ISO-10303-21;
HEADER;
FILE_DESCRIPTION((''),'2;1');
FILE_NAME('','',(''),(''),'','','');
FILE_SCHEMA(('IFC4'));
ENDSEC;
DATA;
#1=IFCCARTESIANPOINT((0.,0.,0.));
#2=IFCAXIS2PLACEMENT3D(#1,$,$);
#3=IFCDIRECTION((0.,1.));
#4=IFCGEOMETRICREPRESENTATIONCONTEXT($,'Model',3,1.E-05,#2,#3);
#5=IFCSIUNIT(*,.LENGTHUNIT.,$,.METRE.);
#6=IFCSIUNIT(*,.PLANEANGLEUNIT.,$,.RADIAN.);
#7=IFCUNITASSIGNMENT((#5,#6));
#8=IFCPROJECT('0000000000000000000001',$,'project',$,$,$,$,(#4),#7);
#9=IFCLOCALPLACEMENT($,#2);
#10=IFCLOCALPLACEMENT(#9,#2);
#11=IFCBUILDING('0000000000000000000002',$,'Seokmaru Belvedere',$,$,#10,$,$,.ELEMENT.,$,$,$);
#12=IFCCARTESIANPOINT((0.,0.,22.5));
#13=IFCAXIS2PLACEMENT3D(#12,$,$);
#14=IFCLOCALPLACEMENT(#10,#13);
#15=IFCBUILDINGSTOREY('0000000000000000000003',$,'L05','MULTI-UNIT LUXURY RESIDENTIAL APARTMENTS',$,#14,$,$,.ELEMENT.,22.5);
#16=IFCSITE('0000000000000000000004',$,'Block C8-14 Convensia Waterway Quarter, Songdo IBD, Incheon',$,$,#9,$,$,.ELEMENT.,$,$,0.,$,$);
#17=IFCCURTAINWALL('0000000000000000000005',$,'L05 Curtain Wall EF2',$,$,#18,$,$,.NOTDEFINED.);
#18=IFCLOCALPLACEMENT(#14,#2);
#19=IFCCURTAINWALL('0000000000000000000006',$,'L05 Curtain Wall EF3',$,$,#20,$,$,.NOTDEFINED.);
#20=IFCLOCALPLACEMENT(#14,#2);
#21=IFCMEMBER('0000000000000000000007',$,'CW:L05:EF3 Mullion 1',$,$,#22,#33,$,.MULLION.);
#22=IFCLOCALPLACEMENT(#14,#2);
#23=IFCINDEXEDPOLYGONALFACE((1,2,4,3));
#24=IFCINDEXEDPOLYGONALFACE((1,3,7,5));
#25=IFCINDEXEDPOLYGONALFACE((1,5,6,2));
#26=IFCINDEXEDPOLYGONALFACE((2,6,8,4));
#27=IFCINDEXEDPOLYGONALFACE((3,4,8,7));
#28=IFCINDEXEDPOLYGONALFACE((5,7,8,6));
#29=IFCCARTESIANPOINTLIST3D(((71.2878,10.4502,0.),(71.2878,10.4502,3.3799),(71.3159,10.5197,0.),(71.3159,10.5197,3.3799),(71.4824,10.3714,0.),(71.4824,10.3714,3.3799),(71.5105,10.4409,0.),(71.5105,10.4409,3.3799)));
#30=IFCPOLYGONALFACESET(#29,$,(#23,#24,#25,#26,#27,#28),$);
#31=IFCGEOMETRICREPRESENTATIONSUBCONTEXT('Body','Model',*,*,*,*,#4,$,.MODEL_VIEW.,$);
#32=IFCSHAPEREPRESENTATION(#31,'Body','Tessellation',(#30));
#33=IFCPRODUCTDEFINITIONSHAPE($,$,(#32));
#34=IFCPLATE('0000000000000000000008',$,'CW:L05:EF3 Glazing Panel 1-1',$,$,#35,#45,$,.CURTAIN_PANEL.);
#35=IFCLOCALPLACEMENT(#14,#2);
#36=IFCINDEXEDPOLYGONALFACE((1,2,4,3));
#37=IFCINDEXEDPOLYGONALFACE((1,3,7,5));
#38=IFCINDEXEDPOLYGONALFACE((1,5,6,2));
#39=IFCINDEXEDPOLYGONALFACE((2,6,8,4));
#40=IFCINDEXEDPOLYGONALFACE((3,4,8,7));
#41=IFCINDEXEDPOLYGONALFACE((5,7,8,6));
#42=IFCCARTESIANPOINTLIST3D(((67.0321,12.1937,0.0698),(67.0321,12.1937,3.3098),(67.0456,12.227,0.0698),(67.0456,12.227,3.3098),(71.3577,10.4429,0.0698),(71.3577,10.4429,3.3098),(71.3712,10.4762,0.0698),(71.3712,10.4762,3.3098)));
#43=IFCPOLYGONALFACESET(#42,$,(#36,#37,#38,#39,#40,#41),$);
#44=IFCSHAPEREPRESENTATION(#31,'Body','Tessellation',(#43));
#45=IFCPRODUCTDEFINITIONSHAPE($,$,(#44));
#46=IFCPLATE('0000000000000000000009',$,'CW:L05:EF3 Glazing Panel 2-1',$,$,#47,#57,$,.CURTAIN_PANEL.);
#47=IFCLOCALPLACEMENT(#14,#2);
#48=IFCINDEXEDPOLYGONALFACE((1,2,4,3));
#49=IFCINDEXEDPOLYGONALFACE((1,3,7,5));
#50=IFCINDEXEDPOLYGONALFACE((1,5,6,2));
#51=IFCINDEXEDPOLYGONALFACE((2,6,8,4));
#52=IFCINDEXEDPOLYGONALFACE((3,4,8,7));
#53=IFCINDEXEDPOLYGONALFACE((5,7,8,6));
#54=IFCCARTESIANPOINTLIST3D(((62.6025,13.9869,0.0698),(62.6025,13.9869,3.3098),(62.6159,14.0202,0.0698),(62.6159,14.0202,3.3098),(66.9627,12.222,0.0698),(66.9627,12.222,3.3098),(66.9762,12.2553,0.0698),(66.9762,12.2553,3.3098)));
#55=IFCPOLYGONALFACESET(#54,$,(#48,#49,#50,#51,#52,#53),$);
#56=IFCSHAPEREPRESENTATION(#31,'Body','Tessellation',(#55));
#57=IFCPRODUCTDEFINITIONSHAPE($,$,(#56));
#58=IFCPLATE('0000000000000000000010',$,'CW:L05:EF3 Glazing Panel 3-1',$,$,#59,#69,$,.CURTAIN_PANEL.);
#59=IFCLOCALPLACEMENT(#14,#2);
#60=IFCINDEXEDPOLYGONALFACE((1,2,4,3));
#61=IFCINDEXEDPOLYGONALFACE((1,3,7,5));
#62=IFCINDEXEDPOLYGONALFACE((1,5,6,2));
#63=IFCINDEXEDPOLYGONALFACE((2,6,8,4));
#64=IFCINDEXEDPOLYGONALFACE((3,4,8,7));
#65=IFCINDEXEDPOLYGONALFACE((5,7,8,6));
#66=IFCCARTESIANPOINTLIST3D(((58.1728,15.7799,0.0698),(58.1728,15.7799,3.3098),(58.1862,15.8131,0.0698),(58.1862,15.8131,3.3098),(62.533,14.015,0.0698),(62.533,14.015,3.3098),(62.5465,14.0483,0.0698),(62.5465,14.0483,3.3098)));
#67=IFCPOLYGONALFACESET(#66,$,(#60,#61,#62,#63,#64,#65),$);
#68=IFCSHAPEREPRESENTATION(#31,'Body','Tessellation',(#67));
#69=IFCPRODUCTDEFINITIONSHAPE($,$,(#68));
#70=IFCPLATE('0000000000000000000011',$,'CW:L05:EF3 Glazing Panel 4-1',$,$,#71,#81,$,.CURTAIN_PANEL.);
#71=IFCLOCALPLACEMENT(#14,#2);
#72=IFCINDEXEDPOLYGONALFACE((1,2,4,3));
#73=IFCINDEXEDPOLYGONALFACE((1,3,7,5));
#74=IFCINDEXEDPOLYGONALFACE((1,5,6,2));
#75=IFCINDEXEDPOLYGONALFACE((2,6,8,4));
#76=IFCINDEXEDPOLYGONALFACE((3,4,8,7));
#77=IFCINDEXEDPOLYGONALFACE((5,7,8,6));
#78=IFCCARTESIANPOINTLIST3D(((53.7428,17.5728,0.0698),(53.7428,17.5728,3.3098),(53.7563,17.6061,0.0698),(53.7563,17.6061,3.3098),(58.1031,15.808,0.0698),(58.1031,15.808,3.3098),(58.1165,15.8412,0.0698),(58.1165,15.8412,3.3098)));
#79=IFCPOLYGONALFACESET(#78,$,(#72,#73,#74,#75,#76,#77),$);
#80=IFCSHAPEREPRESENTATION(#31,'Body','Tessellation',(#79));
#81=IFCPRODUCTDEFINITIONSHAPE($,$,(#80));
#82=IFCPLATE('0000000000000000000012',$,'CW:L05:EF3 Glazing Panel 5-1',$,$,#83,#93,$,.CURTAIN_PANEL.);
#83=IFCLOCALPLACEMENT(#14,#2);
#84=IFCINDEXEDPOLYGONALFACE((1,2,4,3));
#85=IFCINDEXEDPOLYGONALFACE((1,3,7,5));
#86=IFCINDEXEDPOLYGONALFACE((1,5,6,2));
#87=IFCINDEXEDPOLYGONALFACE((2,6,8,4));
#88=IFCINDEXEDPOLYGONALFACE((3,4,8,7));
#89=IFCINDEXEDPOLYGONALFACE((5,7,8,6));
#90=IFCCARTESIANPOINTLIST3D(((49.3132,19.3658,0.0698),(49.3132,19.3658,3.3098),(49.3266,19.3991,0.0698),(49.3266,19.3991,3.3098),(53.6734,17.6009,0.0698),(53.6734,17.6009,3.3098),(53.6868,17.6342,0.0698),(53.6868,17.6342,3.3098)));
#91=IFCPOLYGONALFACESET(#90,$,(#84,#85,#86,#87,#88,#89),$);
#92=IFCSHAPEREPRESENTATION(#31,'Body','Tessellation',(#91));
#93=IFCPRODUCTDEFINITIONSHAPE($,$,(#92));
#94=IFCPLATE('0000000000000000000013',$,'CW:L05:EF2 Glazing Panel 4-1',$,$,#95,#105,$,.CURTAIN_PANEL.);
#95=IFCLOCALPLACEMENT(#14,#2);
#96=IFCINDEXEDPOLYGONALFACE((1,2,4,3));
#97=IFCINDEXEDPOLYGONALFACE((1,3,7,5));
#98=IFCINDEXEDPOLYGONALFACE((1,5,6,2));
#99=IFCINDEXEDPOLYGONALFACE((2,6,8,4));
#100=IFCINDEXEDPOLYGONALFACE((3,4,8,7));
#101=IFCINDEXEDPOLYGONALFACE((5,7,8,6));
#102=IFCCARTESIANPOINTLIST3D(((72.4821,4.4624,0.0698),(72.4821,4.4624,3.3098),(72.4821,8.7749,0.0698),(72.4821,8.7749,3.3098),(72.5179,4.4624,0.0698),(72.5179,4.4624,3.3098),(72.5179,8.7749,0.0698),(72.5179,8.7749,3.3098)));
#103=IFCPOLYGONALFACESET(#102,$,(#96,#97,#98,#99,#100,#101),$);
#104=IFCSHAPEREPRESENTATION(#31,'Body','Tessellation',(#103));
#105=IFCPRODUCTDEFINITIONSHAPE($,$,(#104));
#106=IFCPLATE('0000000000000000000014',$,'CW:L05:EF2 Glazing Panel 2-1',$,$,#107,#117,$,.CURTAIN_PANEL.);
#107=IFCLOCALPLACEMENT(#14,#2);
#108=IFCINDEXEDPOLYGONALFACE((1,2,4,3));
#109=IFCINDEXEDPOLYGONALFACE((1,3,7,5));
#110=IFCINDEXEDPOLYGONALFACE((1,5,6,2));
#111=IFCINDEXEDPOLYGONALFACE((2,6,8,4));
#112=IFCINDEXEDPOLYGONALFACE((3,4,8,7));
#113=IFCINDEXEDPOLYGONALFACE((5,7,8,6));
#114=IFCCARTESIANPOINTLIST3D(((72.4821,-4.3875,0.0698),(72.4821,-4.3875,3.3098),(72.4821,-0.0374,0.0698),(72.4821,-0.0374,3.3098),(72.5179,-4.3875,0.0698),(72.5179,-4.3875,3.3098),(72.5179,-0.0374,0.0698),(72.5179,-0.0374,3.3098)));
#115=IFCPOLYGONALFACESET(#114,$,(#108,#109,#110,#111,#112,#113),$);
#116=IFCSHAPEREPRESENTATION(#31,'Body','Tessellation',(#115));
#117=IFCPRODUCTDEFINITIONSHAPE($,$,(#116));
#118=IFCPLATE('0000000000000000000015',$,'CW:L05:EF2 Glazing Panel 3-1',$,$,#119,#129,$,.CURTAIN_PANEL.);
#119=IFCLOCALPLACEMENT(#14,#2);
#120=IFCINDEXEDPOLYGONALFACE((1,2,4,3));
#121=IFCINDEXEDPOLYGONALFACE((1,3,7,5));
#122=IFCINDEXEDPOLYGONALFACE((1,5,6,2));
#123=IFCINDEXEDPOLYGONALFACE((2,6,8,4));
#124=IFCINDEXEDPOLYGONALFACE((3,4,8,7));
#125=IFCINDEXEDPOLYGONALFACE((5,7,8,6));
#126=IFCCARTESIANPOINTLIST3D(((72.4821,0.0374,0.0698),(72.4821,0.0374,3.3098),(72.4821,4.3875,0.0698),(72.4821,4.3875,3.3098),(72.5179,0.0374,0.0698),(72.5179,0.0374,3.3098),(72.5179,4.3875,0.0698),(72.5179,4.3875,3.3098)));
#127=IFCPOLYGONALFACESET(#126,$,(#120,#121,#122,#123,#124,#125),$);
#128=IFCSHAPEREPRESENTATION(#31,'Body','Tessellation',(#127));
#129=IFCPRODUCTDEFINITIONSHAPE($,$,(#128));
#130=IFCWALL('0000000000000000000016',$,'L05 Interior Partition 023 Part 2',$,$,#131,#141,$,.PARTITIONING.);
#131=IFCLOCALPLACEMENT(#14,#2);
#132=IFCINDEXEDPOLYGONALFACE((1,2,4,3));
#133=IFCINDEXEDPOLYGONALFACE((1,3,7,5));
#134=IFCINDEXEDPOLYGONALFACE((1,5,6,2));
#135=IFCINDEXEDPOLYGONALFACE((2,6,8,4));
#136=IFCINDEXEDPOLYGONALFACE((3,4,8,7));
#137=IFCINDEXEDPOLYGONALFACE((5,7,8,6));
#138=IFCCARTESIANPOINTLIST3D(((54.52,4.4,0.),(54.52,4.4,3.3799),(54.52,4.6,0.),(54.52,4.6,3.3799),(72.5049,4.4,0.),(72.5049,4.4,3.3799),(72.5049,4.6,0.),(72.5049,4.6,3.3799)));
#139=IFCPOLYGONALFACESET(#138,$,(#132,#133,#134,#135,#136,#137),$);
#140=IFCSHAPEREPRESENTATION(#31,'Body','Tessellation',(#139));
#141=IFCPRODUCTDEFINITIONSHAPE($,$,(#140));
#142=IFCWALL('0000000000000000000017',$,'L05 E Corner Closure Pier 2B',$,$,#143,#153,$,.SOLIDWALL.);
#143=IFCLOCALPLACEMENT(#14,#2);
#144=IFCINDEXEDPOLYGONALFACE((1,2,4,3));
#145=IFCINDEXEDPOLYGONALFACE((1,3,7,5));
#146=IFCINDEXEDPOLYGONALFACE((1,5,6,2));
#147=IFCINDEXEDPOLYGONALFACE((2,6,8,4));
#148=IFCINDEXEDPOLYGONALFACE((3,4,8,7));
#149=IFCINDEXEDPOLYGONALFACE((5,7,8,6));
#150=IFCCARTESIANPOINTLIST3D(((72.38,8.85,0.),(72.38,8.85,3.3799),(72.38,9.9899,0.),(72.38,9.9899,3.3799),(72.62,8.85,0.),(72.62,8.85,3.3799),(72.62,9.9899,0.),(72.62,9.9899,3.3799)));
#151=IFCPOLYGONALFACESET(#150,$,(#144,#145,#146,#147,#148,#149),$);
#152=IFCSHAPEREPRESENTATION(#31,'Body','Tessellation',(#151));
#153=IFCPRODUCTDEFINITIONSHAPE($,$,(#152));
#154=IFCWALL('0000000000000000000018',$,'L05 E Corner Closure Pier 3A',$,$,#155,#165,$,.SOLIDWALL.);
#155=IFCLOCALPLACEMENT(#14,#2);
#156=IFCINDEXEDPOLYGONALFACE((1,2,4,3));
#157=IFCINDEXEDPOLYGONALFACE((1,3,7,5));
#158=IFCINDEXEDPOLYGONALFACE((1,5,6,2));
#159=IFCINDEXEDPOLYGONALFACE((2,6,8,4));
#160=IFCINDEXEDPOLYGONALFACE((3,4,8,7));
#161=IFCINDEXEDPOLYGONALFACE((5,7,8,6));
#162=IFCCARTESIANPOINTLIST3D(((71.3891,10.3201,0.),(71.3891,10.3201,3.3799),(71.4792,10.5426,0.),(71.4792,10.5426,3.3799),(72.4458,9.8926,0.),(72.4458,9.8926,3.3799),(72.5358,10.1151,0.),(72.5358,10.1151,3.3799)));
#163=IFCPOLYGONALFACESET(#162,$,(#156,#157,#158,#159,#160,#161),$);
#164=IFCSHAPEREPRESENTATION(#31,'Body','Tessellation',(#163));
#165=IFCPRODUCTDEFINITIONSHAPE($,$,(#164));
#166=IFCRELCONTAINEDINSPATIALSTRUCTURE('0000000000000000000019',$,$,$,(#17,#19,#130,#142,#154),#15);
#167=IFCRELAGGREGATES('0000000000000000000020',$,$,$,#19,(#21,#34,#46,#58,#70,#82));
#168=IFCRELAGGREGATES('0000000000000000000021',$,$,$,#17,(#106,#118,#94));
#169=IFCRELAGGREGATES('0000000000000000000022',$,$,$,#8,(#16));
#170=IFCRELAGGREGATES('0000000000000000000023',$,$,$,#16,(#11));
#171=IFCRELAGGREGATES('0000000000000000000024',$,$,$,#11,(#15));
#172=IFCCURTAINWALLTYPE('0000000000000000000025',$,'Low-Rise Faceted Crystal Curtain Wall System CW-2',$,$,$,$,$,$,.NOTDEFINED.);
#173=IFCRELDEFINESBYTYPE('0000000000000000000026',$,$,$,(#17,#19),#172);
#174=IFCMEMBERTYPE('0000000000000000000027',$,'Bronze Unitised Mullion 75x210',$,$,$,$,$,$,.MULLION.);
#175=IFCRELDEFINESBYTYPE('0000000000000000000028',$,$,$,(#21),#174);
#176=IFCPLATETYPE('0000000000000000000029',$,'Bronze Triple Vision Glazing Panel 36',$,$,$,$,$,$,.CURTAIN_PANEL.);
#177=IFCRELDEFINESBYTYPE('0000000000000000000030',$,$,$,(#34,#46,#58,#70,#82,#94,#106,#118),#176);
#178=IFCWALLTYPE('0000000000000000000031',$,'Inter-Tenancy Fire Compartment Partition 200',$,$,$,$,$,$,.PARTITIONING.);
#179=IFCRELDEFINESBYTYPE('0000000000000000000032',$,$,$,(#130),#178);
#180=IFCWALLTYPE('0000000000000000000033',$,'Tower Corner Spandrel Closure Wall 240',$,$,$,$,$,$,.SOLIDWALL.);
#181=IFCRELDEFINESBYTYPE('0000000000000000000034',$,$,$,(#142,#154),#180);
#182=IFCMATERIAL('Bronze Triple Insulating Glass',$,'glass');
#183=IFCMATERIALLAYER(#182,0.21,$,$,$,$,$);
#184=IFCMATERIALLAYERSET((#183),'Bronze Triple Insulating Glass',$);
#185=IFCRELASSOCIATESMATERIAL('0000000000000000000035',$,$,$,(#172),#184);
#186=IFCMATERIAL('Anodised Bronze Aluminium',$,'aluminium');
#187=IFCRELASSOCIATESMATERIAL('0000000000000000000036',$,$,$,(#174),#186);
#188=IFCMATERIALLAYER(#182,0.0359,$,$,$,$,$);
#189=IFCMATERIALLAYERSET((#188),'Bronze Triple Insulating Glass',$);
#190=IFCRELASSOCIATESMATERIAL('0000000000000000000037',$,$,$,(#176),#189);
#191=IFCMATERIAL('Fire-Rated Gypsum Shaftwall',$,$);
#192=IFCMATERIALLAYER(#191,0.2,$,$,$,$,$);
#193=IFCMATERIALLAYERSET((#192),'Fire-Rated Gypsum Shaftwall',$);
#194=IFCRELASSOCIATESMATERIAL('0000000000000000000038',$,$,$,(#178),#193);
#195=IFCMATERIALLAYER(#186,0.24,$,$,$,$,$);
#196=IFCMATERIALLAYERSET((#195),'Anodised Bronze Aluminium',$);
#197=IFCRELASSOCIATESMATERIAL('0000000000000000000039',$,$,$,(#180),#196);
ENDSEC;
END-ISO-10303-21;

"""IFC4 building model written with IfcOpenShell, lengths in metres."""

from ifc_helpers import new_model, si_unit, direction, frame, frame_2d, origin, origin_2d, place, context, subcontext, project, spatial, rectangle, extrude, source, transform, mapped, material, layer, layer_set, material_profile, profile_set, type_object, type_shapes, element, aggregate, save


model = new_model("IFC4")

# Units and contexts
model_context = context("Model", 3, precision=1e-05, world=origin(), true_north=direction((0.0, 1.0)))
body_context = subcontext(model_context, "Body", "Model", "MODEL_VIEW")
ifc_project = project(units=[si_unit("LENGTHUNIT", "METRE"), si_unit("PLANEANGLEUNIT", "RADIAN")], contexts=[model_context])

# Site, building, storey
site_placement = place(None, origin())
site = spatial("IfcSite", under=ifc_project, at=site_placement, Name="Block C8-14 Convensia Waterway Quarter, Songdo IBD, Incheon", CompositionType="ELEMENT", RefElevation=0.0)
building_placement = place(site_placement, origin())
building = spatial("IfcBuilding", under=site, at=building_placement, Name="Seokmaru Belvedere", CompositionType="ELEMENT")
storey_placement = place(building_placement, frame((0.0, 0.0, 22.5)))
storey = spatial("IfcBuildingStorey", under=building, at=storey_placement, Name="L05", Description="MULTI-UNIT LUXURY RESIDENTIAL APARTMENTS", CompositionType="ELEMENT", Elevation=22.5)

# Curtain walls
ifc_material_1 = material(Name="Bronze Triple Insulating Glass", Category="glass")
ifc_layer_1 = layer(ifc_material_1, 0.21)
ifc_layer_set_1 = layer_set([ifc_layer_1], Name="Bronze Triple Insulating Glass")
curtain_wall_type = type_object("IfcCurtainWallType", Name="Low-Rise Faceted Crystal Curtain Wall System CW-2", PredefinedType="NOTDEFINED", material=ifc_layer_set_1)
curtain_wall_1_placement = place(storey_placement, origin())
curtain_wall_1 = element("IfcCurtainWall", 1, at=curtain_wall_1_placement, inside=storey, type_object=curtain_wall_type, Name="L05 Curtain Wall EF2", PredefinedType="NOTDEFINED")
ifc_material_2 = material(Name="Anodised Bronze Aluminium", Category="aluminium")
ifc_material_profile_1 = material_profile(ifc_material_2, rectangle(XDim=0.075, YDim=0.21, at=origin_2d()), Name="CW-M-75x210")
ifc_profile_set_1 = profile_set([ifc_material_profile_1], Name="Anodised Bronze Aluminium")
member_type_1 = type_object("IfcMemberType", Name="Bronze Unitised Mullion 75x210", PredefinedType="MULLION", material=ifc_profile_set_1)
curtain_wall_2_placement = place(storey_placement, origin())
curtain_wall_2 = element("IfcCurtainWall", 2, at=curtain_wall_2_placement, inside=storey, type_object=curtain_wall_type, Name="L05 Curtain Wall EF3", PredefinedType="NOTDEFINED")

# Member
shared_shape_1 = source(origin(), body_context, "Body", "SweptSolid", [
    extrude(rectangle(XDim=0.075, YDim=0.21, at=origin_2d()), origin(), (0.0, 0.0, 1.0), 3.3799),
])
member_1_placement = place(storey_placement, frame((71.3992, 10.4456, 0.0), z_axis=(0.0, 0.0, 1.0), x_axis=(-0.375192, -0.926947, 0.0)))
member_1 = element("IfcMember", 3, at=member_1_placement, type_object=member_type_1, Name="CW:L05:EF3 Mullion 1", PredefinedType="MULLION", context=body_context, shape_type="MappedRepresentation", body=[
    mapped(shared_shape_1, transform((0.0, 0.0, 0.0), scale=1.0)),
])

# Plates
ifc_layer_2 = layer(ifc_material_1, 0.0359)
ifc_layer_set_2 = layer_set([ifc_layer_2], Name="Bronze Triple Insulating Glass")
plate_type = type_object("IfcPlateType", Name="Bronze Triple Vision Glazing Panel 36", PredefinedType="CURTAIN_PANEL", material=ifc_layer_set_2)
shared_shape_2 = source(origin(), body_context, "Body", "SweptSolid", [
    extrude(rectangle(XDim=4.6665, YDim=0.0359, at=origin_2d()), origin(), (0.0, 0.0, 1.0), 3.24),
])
plate_1_placement = place(storey_placement, frame((69.2017, 11.335, 0.0698), z_axis=(0.0, 0.0, 1.0), x_axis=(-0.926947, 0.375192, 0.0)))
plate_1 = element("IfcPlate", 4, at=plate_1_placement, type_object=plate_type, Name="CW:L05:EF3 Glazing Panel 1-1", PredefinedType="CURTAIN_PANEL", context=body_context, shape_type="MappedRepresentation", body=[
    mapped(shared_shape_2, transform((0.0, 0.0, 0.0), scale=1.0)),
])
shared_shape_3 = source(origin(), body_context, "Body", "SweptSolid", [
    extrude(rectangle(XDim=4.7039, YDim=0.0359, at=origin_2d()), origin(), (0.0, 0.0, 1.0), 3.24),
])
plate_2_placement = place(storey_placement, frame((64.7893, 13.1211, 0.0698), z_axis=(0.0, 0.0, 1.0), x_axis=(-0.926947, 0.375192, 0.0)))
plate_2 = element("IfcPlate", 5, at=plate_2_placement, type_object=plate_type, Name="CW:L05:EF3 Glazing Panel 2-1", PredefinedType="CURTAIN_PANEL", context=body_context, shape_type="MappedRepresentation", body=[
    mapped(shared_shape_3, transform((0.0, 0.0, 0.0), scale=1.0)),
])
plate_3_placement = place(storey_placement, frame((60.3596, 14.9141, 0.0698), z_axis=(0.0, 0.0, 1.0), x_axis=(-0.926947, 0.375192, 0.0)))
plate_3 = element("IfcPlate", 6, at=plate_3_placement, type_object=plate_type, Name="CW:L05:EF3 Glazing Panel 3-1", PredefinedType="CURTAIN_PANEL", context=body_context, shape_type="MappedRepresentation", body=[
    mapped(shared_shape_3, transform((0.0, 0.0, 0.0), scale=1.0)),
])
plate_4_placement = place(storey_placement, frame((55.9297, 16.707, 0.0698), z_axis=(0.0, 0.0, 1.0), x_axis=(-0.926947, 0.375192, 0.0)))
plate_4 = element("IfcPlate", 7, at=plate_4_placement, type_object=plate_type, Name="CW:L05:EF3 Glazing Panel 4-1", PredefinedType="CURTAIN_PANEL", context=body_context, shape_type="MappedRepresentation", body=[
    mapped(shared_shape_3, transform((0.0, 0.0, 0.0), scale=1.0)),
])
plate_5_placement = place(storey_placement, frame((51.5, 18.5, 0.0698), z_axis=(0.0, 0.0, 1.0), x_axis=(-0.926947, 0.375192, 0.0)))
plate_5 = element("IfcPlate", 8, at=plate_5_placement, type_object=plate_type, Name="CW:L05:EF3 Glazing Panel 5-1", PredefinedType="CURTAIN_PANEL", context=body_context, shape_type="MappedRepresentation", body=[
    mapped(shared_shape_3, transform((0.0, 0.0, 0.0), scale=1.0)),
])
aggregate(curtain_wall_2, [member_1, plate_1, plate_2, plate_3, plate_4, plate_5])
shared_shape_4 = source(origin(), body_context, "Body", "SweptSolid", [
    extrude(rectangle(XDim=4.3125, YDim=0.0359, at=origin_2d()), origin(), (0.0, 0.0, 1.0), 3.24),
])
plate_6_placement = place(storey_placement, frame((72.5, 6.6187, 0.0698), z_axis=(0.0, 0.0, 1.0), x_axis=(0.0, 1.0, 0.0)))
plate_6 = element("IfcPlate", 9, at=plate_6_placement, type_object=plate_type, Name="CW:L05:EF2 Glazing Panel 4-1", PredefinedType="CURTAIN_PANEL", context=body_context, shape_type="MappedRepresentation", body=[
    mapped(shared_shape_4, transform((0.0, 0.0, 0.0), scale=1.0)),
])
shared_shape_5 = source(origin(), body_context, "Body", "SweptSolid", [
    extrude(rectangle(XDim=4.3501, YDim=0.0359, at=origin_2d()), origin(), (0.0, 0.0, 1.0), 3.24),
])
type_shapes(plate_type, [shared_shape_2, shared_shape_3, shared_shape_4, shared_shape_5])
plate_7_placement = place(storey_placement, frame((72.5, -2.2124, 0.0698), z_axis=(0.0, 0.0, 1.0), x_axis=(0.0, 1.0, 0.0)))
plate_7 = element("IfcPlate", 10, at=plate_7_placement, type_object=plate_type, Name="CW:L05:EF2 Glazing Panel 2-1", PredefinedType="CURTAIN_PANEL", context=body_context, shape_type="MappedRepresentation", body=[
    mapped(shared_shape_5, transform((0.0, 0.0, 0.0), scale=1.0)),
])
plate_8_placement = place(storey_placement, frame((72.5, 2.2124, 0.0698), z_axis=(0.0, 0.0, 1.0), x_axis=(0.0, 1.0, 0.0)))
plate_8 = element("IfcPlate", 11, at=plate_8_placement, type_object=plate_type, Name="CW:L05:EF2 Glazing Panel 3-1", PredefinedType="CURTAIN_PANEL", context=body_context, shape_type="MappedRepresentation", body=[
    mapped(shared_shape_5, transform((0.0, 0.0, 0.0), scale=1.0)),
])
aggregate(curtain_wall_1, [plate_7, plate_8, plate_6])

# Walls
ifc_material_3 = material(Name="Fire-Rated Gypsum Shaftwall")
ifc_layer_3 = layer(ifc_material_3, 0.2)
ifc_layer_set_3 = layer_set([ifc_layer_3], Name="Fire-Rated Gypsum Shaftwall")
wall_type_1 = type_object("IfcWallType", Name="Inter-Tenancy Fire Compartment Partition 200", PredefinedType="PARTITIONING", material=ifc_layer_set_3)
wall_placement = place(storey_placement, frame((54.52, 4.5, 0.0), z_axis=(0.0, 0.0, 1.0), x_axis=(1.0, 0.0, 0.0)))
element("IfcWall", 12, at=wall_placement, inside=storey, type_object=wall_type_1, Name="L05 Interior Partition 023 Part 2", PredefinedType="PARTITIONING", context=body_context, shape_type="SweptSolid", body=[
    extrude(rectangle(XDim=17.9849, YDim=0.2, at=frame_2d((8.9924, 0.0))), origin(), (0.0, 0.0, 1.0), 3.3799),
])
ifc_layer_4 = layer(ifc_material_2, 0.24)
ifc_layer_set_4 = layer_set([ifc_layer_4], Name="Anodised Bronze Aluminium")
wall_type_2 = type_object("IfcWallType", Name="Tower Corner Spandrel Closure Wall 240", PredefinedType="SOLIDWALL", material=ifc_layer_set_4)
for number, where, z_axis, x_axis, name in (
    (13, (72.5, 8.8501, 0.0), (0.0, 0.0, 1.0), (0.0, 1.0, 0.0), "L05 E Corner Closure Pier 2B"),
    (14, (72.4907, 10.0039, 0.0), (0.0, 0.0, 1.0), (-0.927007, 0.375044, 0.0), "L05 E Corner Closure Pier 3A"),
):
    element("IfcWall", number, at=place(storey_placement, frame(where, z_axis=z_axis, x_axis=x_axis)), inside=storey, type_object=wall_type_2, Name=name, PredefinedType="SOLIDWALL", context=body_context, shape_type="SweptSolid", body=[
        extrude(rectangle(XDim=1.1399, YDim=0.24, at=frame_2d((0.5698, 0.0))), origin(), (0.0, 0.0, 1.0), 3.3799),
    ])

save(model, "model.ifc")
